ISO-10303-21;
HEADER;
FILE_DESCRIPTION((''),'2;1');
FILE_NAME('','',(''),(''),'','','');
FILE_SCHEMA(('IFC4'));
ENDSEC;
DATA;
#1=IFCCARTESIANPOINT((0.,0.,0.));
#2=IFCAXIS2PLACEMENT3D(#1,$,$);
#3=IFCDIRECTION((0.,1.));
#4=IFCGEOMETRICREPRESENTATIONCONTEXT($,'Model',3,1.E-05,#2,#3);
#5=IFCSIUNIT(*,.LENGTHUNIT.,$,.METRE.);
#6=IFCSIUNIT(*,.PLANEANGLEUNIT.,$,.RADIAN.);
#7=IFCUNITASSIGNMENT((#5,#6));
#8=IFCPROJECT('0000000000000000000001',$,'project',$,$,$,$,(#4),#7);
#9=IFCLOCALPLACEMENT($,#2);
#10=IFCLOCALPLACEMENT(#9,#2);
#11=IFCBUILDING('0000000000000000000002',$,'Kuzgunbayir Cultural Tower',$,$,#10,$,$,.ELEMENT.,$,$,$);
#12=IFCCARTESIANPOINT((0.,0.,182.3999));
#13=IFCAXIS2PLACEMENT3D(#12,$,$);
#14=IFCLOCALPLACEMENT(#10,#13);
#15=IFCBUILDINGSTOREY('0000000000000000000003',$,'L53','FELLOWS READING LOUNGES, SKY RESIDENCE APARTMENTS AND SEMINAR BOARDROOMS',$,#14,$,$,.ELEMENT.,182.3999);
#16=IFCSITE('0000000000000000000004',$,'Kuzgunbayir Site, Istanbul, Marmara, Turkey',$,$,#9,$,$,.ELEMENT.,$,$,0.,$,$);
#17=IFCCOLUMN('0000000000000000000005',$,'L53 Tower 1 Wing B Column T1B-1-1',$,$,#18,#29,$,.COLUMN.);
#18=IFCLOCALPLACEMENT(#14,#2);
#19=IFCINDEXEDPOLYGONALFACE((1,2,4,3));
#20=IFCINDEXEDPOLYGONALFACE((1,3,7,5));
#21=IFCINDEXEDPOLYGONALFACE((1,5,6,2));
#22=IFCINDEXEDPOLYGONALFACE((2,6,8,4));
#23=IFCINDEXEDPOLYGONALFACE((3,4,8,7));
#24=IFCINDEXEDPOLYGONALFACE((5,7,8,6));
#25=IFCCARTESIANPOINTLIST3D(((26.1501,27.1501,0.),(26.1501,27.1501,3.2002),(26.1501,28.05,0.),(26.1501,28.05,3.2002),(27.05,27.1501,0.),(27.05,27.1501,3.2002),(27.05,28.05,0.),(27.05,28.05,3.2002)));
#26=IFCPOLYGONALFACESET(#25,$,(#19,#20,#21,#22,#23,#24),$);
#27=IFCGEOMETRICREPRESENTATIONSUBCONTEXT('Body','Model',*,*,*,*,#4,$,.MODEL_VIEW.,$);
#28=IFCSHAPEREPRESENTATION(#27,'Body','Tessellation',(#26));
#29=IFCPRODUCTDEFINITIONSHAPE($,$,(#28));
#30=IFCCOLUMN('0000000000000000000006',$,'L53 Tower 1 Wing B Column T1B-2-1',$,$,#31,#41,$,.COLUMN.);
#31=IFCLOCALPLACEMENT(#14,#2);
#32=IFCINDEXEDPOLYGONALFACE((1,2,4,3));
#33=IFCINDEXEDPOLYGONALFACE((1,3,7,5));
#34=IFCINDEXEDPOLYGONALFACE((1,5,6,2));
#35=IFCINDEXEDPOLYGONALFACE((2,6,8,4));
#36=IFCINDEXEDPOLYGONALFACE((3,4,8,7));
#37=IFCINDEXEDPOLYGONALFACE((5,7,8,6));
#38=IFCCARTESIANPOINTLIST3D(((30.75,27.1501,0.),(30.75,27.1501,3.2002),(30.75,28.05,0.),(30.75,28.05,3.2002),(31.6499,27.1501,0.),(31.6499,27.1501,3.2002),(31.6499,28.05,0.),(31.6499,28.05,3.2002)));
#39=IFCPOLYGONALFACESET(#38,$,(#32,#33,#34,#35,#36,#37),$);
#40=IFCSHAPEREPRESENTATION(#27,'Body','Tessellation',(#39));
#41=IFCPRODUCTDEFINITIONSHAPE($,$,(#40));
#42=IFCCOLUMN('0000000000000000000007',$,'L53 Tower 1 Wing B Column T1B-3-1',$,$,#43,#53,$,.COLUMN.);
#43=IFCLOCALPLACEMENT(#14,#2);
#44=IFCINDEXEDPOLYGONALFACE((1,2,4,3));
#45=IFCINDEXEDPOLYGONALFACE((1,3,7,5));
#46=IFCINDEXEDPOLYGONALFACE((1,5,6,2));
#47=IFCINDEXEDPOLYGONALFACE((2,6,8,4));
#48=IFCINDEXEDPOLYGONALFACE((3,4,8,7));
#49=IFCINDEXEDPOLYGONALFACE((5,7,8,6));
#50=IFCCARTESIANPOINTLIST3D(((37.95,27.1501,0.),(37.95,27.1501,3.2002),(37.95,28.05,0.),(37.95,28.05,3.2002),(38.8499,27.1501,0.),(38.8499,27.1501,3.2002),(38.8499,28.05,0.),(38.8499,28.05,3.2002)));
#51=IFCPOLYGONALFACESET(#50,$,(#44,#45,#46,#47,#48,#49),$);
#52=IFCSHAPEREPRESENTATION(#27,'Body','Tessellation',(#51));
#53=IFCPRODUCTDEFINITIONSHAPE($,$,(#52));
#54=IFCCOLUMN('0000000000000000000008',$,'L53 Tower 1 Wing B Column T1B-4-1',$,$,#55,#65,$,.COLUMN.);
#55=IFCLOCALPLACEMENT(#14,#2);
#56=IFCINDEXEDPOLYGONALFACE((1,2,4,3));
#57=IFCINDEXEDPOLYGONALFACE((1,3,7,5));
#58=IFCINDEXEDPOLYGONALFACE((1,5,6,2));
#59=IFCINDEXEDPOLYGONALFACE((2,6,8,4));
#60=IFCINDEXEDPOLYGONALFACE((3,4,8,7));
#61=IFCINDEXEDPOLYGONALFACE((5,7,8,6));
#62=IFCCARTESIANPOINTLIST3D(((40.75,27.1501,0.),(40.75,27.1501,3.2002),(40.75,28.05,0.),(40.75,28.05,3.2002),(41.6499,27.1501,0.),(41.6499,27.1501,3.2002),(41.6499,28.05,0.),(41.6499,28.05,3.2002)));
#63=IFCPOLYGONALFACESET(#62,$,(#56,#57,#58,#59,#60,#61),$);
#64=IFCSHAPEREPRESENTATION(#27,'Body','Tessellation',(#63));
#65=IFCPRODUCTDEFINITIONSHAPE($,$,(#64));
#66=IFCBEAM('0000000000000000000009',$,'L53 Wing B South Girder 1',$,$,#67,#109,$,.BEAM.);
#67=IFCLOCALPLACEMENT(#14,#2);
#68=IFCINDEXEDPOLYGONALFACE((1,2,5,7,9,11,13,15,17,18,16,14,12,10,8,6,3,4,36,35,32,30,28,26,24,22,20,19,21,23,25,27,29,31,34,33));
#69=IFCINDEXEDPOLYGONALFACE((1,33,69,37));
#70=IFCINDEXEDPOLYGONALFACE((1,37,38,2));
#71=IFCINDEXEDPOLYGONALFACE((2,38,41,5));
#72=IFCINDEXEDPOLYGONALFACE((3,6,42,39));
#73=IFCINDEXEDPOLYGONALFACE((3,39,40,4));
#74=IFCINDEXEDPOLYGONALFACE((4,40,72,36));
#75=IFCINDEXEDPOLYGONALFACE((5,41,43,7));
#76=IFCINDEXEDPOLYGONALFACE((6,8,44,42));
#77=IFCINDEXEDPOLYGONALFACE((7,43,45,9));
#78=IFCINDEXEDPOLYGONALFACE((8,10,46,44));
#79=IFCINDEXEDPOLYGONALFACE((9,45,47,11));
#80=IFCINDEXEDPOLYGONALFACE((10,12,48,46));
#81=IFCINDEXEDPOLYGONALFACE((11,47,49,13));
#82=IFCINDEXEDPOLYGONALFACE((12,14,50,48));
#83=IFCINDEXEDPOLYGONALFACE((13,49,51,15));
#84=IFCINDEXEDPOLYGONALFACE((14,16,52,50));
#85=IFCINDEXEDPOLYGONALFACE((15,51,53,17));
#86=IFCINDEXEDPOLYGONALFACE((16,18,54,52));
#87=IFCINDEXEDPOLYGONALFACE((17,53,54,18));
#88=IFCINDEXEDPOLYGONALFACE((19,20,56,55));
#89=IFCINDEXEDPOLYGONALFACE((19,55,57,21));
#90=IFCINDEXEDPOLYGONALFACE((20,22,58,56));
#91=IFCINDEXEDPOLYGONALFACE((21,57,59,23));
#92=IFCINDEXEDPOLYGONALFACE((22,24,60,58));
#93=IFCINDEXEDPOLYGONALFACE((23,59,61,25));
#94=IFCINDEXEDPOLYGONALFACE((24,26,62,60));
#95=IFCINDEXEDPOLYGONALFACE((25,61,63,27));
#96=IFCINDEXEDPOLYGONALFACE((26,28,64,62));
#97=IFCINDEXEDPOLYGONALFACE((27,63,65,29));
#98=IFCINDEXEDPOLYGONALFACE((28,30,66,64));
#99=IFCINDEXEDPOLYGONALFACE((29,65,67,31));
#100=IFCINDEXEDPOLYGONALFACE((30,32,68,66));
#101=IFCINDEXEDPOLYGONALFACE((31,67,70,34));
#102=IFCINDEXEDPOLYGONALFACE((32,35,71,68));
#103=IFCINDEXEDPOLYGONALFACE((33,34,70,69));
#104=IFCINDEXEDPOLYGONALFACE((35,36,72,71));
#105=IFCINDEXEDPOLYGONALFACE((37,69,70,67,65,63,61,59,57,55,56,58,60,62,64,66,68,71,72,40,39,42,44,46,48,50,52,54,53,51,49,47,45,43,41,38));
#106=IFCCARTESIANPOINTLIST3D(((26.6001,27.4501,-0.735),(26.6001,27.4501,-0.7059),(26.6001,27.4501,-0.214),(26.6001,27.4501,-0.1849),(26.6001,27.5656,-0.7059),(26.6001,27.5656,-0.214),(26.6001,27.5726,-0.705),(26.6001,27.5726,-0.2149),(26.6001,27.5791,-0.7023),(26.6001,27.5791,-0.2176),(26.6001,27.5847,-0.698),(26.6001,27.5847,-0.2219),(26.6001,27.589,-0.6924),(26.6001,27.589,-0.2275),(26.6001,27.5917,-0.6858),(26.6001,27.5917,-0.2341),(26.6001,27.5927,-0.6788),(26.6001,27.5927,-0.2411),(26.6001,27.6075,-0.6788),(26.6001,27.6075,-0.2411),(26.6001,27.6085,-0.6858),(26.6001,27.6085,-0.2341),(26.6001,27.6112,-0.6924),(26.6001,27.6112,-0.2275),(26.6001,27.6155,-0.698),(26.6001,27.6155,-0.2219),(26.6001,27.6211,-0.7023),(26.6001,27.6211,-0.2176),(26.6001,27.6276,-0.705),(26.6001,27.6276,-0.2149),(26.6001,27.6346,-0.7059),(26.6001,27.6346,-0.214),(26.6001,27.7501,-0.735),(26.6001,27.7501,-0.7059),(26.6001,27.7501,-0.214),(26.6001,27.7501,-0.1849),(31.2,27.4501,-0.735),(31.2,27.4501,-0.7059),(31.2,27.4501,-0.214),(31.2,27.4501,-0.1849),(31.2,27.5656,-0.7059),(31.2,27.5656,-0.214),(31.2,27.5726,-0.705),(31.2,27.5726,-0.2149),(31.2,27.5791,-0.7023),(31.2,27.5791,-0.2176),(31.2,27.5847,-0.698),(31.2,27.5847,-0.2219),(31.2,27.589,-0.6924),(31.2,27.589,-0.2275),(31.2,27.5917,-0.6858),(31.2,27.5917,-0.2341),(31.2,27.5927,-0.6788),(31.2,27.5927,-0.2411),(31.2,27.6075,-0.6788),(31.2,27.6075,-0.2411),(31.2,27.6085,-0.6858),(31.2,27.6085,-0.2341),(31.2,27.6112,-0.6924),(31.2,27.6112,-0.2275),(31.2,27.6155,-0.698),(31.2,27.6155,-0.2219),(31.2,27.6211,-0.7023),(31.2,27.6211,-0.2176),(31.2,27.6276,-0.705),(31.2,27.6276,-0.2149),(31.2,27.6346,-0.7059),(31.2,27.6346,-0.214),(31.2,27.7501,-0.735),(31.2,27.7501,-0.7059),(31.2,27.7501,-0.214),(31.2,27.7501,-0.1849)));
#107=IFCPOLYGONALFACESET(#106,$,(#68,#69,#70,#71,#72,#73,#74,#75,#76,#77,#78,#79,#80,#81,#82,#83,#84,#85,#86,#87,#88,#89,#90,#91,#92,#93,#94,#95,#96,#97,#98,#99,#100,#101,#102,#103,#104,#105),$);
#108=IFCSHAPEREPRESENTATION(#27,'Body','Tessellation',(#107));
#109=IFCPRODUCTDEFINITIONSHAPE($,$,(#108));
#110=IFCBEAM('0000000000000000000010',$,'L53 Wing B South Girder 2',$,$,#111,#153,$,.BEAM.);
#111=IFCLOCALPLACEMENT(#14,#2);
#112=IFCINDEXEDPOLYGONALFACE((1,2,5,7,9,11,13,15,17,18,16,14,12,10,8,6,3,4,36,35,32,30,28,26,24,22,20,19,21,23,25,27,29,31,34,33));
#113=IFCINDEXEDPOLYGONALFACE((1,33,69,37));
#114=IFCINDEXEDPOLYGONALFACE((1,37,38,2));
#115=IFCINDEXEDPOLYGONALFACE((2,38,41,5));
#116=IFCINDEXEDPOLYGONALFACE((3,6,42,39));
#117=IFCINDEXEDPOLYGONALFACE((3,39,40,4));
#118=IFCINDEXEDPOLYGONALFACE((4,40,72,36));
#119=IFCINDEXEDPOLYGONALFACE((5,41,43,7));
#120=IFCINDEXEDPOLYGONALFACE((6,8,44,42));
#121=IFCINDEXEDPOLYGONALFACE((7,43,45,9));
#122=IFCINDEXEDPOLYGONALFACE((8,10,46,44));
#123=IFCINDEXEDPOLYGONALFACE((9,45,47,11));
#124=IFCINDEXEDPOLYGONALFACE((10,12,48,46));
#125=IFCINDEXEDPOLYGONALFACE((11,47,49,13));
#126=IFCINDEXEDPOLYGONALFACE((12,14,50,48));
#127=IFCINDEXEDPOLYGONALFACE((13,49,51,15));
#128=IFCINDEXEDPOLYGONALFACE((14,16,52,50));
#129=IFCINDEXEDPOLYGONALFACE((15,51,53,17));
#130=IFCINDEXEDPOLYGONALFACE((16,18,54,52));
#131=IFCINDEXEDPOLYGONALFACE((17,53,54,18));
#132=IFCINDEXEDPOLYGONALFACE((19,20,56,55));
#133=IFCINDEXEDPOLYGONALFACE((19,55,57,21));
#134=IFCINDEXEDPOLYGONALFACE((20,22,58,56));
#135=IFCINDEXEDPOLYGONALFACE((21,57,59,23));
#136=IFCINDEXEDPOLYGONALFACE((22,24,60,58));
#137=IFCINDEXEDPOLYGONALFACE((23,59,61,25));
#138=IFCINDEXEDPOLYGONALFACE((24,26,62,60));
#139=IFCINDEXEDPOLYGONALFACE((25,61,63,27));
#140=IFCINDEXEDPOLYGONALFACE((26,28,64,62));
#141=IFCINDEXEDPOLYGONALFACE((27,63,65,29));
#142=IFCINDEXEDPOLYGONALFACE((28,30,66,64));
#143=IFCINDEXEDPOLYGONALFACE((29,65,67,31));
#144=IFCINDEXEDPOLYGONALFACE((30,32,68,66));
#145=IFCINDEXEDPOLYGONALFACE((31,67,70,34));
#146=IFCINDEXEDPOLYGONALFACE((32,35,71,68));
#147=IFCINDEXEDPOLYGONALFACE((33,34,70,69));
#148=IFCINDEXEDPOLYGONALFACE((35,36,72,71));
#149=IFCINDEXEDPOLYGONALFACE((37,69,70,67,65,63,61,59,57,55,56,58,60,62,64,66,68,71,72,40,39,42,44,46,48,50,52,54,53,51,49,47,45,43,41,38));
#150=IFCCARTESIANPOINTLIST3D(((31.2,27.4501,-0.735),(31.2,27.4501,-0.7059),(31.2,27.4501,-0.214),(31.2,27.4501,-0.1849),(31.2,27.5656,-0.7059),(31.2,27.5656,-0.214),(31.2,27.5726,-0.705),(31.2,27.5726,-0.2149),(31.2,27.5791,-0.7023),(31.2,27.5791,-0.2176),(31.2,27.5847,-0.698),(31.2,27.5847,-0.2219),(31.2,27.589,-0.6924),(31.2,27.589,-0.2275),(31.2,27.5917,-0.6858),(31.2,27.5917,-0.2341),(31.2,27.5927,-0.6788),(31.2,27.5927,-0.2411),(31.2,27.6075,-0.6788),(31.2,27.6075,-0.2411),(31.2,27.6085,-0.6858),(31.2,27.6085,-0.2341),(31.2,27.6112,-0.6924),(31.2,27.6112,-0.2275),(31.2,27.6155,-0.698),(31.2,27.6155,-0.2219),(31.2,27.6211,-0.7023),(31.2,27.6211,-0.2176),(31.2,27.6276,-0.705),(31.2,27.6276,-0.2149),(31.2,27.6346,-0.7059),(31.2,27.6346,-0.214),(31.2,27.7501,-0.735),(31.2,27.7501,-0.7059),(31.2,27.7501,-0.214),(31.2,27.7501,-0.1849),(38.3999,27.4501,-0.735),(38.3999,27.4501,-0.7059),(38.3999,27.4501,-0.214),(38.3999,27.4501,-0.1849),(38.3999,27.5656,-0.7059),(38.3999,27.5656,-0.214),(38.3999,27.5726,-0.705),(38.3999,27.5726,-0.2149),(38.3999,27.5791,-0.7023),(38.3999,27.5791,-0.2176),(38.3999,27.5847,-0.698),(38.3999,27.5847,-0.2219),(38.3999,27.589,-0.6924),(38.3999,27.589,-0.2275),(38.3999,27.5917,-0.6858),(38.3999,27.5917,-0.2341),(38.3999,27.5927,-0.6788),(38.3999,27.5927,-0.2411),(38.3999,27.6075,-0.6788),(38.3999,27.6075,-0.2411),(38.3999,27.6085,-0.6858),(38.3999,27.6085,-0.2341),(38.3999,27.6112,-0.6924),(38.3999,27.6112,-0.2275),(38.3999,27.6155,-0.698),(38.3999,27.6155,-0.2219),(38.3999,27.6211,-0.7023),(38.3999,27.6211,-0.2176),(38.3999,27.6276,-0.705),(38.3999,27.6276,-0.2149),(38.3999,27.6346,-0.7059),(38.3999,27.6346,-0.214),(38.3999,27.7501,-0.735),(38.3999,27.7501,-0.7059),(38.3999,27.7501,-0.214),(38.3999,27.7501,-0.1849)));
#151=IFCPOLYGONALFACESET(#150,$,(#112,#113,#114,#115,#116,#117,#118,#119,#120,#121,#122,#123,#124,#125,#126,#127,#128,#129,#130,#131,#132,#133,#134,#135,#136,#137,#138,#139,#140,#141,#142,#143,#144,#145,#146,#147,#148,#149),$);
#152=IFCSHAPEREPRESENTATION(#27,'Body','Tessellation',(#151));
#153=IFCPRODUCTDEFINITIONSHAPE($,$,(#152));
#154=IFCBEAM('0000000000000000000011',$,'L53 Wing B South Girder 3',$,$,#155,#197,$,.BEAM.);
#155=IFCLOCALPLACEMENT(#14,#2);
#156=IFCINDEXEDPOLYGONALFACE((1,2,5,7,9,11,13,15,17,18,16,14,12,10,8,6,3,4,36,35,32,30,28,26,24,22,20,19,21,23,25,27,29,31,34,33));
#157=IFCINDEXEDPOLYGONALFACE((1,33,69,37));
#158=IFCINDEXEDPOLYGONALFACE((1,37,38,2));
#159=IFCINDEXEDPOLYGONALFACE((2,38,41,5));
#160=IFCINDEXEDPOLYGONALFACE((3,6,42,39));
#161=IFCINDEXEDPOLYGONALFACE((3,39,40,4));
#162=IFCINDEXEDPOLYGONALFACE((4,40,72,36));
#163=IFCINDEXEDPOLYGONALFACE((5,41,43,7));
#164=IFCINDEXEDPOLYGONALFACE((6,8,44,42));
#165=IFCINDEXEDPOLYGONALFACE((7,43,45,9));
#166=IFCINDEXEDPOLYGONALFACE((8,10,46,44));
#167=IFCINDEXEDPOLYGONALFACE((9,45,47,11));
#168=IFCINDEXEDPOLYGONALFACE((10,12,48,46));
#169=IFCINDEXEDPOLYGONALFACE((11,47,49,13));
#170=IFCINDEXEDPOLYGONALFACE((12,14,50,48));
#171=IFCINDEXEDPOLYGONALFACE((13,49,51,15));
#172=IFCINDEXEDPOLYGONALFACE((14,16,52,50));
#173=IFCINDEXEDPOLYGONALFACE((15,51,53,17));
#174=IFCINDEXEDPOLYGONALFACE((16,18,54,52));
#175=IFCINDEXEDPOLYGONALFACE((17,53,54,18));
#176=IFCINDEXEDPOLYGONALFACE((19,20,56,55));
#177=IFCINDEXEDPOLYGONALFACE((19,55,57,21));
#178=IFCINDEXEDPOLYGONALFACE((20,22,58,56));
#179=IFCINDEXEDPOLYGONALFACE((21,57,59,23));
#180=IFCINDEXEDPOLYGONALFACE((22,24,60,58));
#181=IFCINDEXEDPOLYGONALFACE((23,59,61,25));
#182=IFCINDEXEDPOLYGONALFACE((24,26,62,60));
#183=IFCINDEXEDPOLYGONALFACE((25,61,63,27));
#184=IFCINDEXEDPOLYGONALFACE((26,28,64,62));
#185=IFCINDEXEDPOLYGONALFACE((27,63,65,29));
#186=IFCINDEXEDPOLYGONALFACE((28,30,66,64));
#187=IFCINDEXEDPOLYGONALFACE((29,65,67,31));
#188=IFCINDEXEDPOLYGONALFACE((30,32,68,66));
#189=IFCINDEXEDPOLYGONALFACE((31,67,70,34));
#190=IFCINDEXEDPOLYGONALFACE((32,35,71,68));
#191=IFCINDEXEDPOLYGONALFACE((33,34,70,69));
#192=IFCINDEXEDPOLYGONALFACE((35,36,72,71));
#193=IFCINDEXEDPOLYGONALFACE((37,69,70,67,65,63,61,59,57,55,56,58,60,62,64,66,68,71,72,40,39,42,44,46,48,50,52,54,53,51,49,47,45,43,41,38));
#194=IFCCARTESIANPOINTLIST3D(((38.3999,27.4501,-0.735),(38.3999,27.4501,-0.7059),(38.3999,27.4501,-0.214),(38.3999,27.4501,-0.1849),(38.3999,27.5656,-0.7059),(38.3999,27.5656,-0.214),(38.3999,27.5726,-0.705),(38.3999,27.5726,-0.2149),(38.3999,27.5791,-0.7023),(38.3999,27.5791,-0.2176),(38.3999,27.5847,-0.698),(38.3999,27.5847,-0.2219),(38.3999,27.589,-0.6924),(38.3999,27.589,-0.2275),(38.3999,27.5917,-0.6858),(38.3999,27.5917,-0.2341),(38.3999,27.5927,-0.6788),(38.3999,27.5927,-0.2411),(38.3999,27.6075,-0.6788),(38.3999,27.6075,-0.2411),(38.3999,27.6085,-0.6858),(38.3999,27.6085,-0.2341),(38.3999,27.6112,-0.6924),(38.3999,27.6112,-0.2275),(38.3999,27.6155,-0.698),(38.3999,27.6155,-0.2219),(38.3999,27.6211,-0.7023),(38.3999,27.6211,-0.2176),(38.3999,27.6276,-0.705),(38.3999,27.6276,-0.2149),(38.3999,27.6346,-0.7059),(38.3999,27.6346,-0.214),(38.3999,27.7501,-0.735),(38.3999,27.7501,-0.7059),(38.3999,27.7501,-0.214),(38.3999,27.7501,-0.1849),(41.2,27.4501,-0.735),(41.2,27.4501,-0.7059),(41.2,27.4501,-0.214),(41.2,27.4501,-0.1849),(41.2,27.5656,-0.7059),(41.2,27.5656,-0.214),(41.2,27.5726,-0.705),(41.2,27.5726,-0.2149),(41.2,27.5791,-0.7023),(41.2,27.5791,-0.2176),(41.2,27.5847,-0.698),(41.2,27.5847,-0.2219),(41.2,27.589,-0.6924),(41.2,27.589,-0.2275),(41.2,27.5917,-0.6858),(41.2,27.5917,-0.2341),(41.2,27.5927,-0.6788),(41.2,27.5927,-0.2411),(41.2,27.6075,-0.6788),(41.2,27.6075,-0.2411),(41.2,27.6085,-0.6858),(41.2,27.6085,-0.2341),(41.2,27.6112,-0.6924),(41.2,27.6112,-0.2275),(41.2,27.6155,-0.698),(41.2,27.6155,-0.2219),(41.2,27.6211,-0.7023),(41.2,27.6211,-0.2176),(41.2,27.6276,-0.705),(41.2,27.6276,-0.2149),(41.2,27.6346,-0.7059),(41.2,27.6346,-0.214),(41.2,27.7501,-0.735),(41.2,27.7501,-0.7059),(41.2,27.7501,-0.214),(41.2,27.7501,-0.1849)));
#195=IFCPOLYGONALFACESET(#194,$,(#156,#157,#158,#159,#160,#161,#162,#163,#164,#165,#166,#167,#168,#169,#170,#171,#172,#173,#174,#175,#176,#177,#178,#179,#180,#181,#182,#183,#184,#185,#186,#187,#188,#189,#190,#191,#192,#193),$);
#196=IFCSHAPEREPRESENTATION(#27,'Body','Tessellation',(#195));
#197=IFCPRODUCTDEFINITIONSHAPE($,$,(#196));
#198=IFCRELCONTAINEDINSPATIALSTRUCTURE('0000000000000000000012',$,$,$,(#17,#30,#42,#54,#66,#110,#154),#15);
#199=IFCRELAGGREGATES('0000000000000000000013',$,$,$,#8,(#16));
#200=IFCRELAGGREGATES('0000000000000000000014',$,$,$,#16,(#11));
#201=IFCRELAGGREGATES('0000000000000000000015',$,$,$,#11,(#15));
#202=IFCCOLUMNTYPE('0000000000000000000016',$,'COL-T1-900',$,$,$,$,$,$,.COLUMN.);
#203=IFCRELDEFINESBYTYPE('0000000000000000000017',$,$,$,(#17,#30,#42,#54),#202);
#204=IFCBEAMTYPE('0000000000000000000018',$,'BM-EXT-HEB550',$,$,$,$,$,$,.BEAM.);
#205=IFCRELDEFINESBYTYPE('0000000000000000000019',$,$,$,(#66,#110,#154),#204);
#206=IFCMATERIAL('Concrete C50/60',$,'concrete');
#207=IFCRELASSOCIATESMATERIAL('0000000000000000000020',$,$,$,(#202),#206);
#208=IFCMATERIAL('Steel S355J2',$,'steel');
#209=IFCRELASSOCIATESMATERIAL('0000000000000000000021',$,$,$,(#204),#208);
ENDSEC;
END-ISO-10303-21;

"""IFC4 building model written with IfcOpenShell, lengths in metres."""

from ifc_helpers import new_model, si_unit, direction, frame, origin, origin_2d, place, context, subcontext, project, spatial, rectangle, i_section, extrude, material, material_profile, profile_set, type_object, element, save


model = new_model("IFC4")

# Units and contexts
model_context = context("Model", 3, precision=1e-05, world=origin(), true_north=direction((0.0, 1.0)))
body_context = subcontext(model_context, "Body", "Model", "MODEL_VIEW")
ifc_project = project(units=[si_unit("LENGTHUNIT", "METRE"), si_unit("PLANEANGLEUNIT", "RADIAN")], contexts=[model_context])

# Site, building, storey
site_placement = place(None, origin())
site = spatial("IfcSite", under=ifc_project, at=site_placement, Name="Kuzgunbayir Site, Istanbul, Marmara, Turkey", CompositionType="ELEMENT", RefElevation=0.0)
building_placement = place(site_placement, origin())
building = spatial("IfcBuilding", under=site, at=building_placement, Name="Kuzgunbayir Cultural Tower", CompositionType="ELEMENT")
storey_placement = place(building_placement, frame((0.0, 0.0, 182.3999)))
storey = spatial("IfcBuildingStorey", under=building, at=storey_placement, Name="L53", Description="FELLOWS READING LOUNGES, SKY RESIDENCE APARTMENTS AND SEMINAR BOARDROOMS", CompositionType="ELEMENT", Elevation=182.3999)

# Columns
ifc_material_1 = material(Name="Concrete C50/60", Category="concrete")
ifc_material_profile_1 = material_profile(ifc_material_1, rectangle(XDim=0.8999, YDim=0.8999, at=origin_2d()), Name="RC 900x900")
ifc_profile_set_1 = profile_set([ifc_material_profile_1], Name="Concrete C50/60")
column_type = type_object("IfcColumnType", Name="COL-T1-900", PredefinedType="COLUMN", material=ifc_profile_set_1)
for number, where, z_axis, x_axis, name in (
    (1, (26.6001, 27.6001, 0.0), (0.0, 0.0, 1.0), (1.0, 0.0, 0.0), "L53 Tower 1 Wing B Column T1B-1-1"),
    (2, (31.2, 27.6001, 0.0), (0.0, 0.0, 1.0), (1.0, 0.0, 0.0), "L53 Tower 1 Wing B Column T1B-2-1"),
    (3, (38.3999, 27.6001, 0.0), (0.0, 0.0, 1.0), (1.0, 0.0, 0.0), "L53 Tower 1 Wing B Column T1B-3-1"),
    (4, (41.2, 27.6001, 0.0), (0.0, 0.0, 1.0), (1.0, 0.0, 0.0), "L53 Tower 1 Wing B Column T1B-4-1"),
):
    element("IfcColumn", number, at=place(storey_placement, frame(where, z_axis=z_axis, x_axis=x_axis)), inside=storey, type_object=column_type, Name=name, PredefinedType="COLUMN", context=body_context, shape_type="SweptSolid", body=[
        extrude(rectangle(XDim=0.8999, YDim=0.8999, at=origin_2d()), origin(), (0.0, 0.0, 1.0), 3.2002),
    ])

# Beams
ifc_material_2 = material(Name="Steel S355J2", Category="steel")
ifc_material_profile_2 = material_profile(ifc_material_2, i_section(OverallWidth=0.3, OverallDepth=0.55, WebThickness=0.0149, FlangeThickness=0.0291, FilletRadius=0.0271, at=origin_2d()), Name="HEB 550")
ifc_profile_set_2 = profile_set([ifc_material_profile_2], Name="Steel S355J2")
beam_type_1 = type_object("IfcBeamType", Name="BM-EXT-HEB550", PredefinedType="BEAM", material=ifc_profile_set_2)
beam_1_placement = place(storey_placement, frame((26.6001, 27.6001, -0.46), z_axis=(1.0, 0.0, 0.0), x_axis=(0.0, 1.0, 0.0)))
element("IfcBeam", 5, at=beam_1_placement, inside=storey, type_object=beam_type_1, Name="L53 Wing B South Girder 1", PredefinedType="BEAM", context=body_context, shape_type="SweptSolid", body=[
    extrude(i_section(OverallWidth=0.3, OverallDepth=0.55, WebThickness=0.0149, FlangeThickness=0.0291, FilletRadius=0.0271, at=origin_2d()), origin(), (0.0, 0.0, 1.0), 4.5999),
])
beam_2_placement = place(storey_placement, frame((31.2, 27.6001, -0.46), z_axis=(1.0, 0.0, 0.0), x_axis=(0.0, 1.0, 0.0)))
element("IfcBeam", 6, at=beam_2_placement, inside=storey, type_object=beam_type_1, Name="L53 Wing B South Girder 2", PredefinedType="BEAM", context=body_context, shape_type="SweptSolid", body=[
    extrude(i_section(OverallWidth=0.3, OverallDepth=0.55, WebThickness=0.0149, FlangeThickness=0.0291, FilletRadius=0.0271, at=origin_2d()), origin(), (0.0, 0.0, 1.0), 7.2),
])
beam_3_placement = place(storey_placement, frame((38.3999, 27.6001, -0.46), z_axis=(1.0, 0.0, 0.0), x_axis=(0.0, 1.0, 0.0)))
element("IfcBeam", 7, at=beam_3_placement, inside=storey, type_object=beam_type_1, Name="L53 Wing B South Girder 3", PredefinedType="BEAM", context=body_context, shape_type="SweptSolid", body=[
    extrude(i_section(OverallWidth=0.3, OverallDepth=0.55, WebThickness=0.0149, FlangeThickness=0.0291, FilletRadius=0.0271, at=origin_2d()), origin(), (0.0, 0.0, 1.0), 2.8),
])

save(model, "model.ifc")
